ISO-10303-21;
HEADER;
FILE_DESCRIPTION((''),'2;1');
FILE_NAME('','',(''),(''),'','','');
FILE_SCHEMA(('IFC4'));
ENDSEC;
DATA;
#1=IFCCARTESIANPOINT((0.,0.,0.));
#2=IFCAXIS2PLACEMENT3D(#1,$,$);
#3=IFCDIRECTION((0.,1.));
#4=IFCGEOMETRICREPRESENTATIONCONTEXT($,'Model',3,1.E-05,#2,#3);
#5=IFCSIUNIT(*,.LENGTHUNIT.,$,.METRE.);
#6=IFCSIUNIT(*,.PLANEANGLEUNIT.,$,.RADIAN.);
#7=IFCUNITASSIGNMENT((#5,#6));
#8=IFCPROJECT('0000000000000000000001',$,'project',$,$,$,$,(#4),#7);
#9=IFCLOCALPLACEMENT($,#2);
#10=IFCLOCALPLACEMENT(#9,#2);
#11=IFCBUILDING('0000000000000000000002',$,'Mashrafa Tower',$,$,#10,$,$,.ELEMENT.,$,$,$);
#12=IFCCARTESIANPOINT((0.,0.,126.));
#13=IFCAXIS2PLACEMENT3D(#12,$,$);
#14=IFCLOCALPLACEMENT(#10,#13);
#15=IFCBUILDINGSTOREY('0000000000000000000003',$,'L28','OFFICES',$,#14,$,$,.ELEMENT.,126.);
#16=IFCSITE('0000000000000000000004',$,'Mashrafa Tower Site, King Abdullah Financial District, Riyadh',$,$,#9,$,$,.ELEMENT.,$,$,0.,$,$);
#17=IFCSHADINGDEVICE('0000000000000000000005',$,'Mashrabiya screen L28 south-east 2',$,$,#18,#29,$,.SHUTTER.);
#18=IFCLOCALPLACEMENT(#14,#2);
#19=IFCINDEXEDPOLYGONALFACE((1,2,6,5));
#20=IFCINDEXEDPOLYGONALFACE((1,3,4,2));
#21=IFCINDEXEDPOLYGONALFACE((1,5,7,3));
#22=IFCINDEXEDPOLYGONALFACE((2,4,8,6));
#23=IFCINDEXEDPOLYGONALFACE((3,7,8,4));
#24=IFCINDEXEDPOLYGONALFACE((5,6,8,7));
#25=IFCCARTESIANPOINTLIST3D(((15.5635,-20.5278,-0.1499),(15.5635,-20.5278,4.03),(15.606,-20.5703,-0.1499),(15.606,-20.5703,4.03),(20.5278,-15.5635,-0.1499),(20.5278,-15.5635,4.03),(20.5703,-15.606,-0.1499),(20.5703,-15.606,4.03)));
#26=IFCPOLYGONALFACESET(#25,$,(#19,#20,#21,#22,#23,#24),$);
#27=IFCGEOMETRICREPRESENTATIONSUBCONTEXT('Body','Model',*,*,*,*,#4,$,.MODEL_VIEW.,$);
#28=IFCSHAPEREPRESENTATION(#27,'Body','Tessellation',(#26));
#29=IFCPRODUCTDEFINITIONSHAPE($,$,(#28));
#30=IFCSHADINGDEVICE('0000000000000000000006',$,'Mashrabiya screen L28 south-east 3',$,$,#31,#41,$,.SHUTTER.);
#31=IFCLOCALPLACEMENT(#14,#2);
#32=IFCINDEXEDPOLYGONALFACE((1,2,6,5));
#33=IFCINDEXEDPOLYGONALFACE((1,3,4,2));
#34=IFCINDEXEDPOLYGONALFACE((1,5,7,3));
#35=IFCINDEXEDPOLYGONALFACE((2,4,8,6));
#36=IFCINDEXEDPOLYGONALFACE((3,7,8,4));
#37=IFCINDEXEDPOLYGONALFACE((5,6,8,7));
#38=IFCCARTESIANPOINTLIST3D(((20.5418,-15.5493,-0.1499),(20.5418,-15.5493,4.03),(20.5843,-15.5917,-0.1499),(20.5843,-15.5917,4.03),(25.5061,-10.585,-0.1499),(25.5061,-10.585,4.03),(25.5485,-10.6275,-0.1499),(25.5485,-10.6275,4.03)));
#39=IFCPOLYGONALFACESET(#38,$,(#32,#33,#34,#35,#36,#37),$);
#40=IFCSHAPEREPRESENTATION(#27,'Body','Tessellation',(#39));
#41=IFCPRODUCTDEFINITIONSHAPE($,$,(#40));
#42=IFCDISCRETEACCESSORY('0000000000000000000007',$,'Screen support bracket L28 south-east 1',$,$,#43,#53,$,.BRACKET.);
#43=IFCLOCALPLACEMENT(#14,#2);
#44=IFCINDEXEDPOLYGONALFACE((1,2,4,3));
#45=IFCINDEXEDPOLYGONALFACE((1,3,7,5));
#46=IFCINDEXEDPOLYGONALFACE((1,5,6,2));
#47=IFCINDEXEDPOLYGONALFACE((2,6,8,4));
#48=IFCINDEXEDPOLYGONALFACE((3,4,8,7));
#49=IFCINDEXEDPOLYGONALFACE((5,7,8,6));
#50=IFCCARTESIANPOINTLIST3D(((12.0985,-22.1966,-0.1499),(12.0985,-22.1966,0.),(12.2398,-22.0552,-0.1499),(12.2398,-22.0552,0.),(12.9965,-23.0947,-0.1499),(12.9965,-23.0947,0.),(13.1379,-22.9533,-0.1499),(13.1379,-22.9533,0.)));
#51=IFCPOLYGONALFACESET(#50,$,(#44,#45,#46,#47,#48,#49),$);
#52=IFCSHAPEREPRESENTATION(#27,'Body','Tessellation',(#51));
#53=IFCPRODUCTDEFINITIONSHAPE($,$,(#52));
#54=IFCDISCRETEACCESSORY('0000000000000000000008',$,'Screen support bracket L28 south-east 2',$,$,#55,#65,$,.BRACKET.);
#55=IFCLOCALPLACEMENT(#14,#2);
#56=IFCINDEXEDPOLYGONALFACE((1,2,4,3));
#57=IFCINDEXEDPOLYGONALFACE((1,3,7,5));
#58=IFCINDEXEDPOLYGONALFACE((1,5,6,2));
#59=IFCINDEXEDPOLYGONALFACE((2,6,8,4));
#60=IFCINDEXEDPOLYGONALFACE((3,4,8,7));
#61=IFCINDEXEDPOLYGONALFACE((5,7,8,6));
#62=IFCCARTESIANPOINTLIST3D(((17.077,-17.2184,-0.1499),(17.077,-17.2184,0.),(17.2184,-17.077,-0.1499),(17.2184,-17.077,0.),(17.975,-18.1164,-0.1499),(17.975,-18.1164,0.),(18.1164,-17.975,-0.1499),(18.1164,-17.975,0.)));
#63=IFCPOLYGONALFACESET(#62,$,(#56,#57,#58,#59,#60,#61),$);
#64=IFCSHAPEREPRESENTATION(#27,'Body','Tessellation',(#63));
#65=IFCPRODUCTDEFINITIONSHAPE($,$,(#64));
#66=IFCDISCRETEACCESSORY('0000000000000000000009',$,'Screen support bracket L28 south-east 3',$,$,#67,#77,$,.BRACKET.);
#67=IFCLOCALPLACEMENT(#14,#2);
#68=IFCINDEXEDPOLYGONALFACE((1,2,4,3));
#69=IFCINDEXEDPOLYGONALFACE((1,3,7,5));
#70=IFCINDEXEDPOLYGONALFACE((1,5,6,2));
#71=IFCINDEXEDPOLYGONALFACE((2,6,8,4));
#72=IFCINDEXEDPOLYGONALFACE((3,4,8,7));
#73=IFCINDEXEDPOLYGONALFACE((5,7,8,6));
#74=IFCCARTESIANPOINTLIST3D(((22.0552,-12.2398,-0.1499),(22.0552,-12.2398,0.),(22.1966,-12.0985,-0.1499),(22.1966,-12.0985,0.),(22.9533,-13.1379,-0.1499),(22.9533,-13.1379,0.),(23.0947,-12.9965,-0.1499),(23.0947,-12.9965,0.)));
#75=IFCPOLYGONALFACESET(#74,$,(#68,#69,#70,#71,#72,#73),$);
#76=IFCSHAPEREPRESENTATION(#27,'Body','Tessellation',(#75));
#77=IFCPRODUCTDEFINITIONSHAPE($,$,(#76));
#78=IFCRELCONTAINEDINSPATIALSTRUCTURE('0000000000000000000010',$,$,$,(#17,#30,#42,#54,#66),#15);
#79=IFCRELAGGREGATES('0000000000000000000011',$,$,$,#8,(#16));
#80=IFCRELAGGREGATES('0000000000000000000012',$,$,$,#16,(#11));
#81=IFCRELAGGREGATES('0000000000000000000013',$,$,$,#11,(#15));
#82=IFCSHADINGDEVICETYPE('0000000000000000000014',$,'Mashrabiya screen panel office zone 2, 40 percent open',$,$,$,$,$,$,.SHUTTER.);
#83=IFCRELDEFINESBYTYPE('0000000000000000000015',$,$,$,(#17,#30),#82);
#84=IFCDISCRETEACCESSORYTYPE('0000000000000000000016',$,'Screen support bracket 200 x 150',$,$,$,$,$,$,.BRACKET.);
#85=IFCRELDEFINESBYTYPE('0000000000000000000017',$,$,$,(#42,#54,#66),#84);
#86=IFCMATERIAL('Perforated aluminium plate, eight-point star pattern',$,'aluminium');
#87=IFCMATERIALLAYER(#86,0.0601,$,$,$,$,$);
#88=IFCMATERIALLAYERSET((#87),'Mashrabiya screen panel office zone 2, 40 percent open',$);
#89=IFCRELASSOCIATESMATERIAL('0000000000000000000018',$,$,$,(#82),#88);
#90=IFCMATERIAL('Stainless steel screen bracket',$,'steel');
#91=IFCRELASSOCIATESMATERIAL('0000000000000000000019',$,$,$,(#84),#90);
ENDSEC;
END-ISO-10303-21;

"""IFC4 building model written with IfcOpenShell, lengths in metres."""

from ifc_helpers import new_model, si_unit, direction, frame, origin, origin_2d, place, context, subcontext, project, spatial, rectangle, extrude, source, transform, mapped, material, layer, layer_set, type_object, type_shapes, element, save


model = new_model("IFC4")

# Units and contexts
model_context = context("Model", 3, precision=1e-05, world=origin(), true_north=direction((0.0, 1.0)))
body_context = subcontext(model_context, "Body", "Model", "MODEL_VIEW")
ifc_project = project(units=[si_unit("LENGTHUNIT", "METRE"), si_unit("PLANEANGLEUNIT", "RADIAN")], contexts=[model_context])

# Site, building, storey
site_placement = place(None, origin())
site = spatial("IfcSite", under=ifc_project, at=site_placement, Name="Mashrafa Tower Site, King Abdullah Financial District, Riyadh", CompositionType="ELEMENT", RefElevation=0.0)
building_placement = place(site_placement, origin())
building = spatial("IfcBuilding", under=site, at=building_placement, Name="Mashrafa Tower", CompositionType="ELEMENT")
storey_placement = place(building_placement, frame((0.0, 0.0, 126.0)))
storey = spatial("IfcBuildingStorey", under=building, at=storey_placement, Name="L28", Description="OFFICES", CompositionType="ELEMENT", Elevation=126.0)

# Shading devices
ifc_material_1 = material(Name="Perforated aluminium plate, eight-point star pattern", Category="aluminium")
ifc_layer_1 = layer(ifc_material_1, 0.0601)
ifc_layer_set_1 = layer_set([ifc_layer_1], Name="Mashrabiya screen panel office zone 2, 40 percent open")
shading_device_type = type_object("IfcShadingDeviceType", Name="Mashrabiya screen panel office zone 2, 40 percent open", PredefinedType="SHUTTER", material=ifc_layer_set_1)
shared_shape_1 = source(origin(), body_context, "Body", "SweptSolid", [
    extrude(rectangle(XDim=7.0205, YDim=0.0601, at=origin_2d()), origin(), (0.0, 0.0, 1.0), 4.1799),
])
type_shapes(shading_device_type, [shared_shape_1])
for number, where, z_axis, x_axis, name in (
    (1, (18.0669, -18.0669, -0.1499), (0.0, 0.0, 1.0), (0.707107, 0.707107, 0.0), "Mashrabiya screen L28 south-east 2"),
    (2, (23.0452, -13.0884, -0.1499), (0.0, 0.0, 1.0), (0.707107, 0.707107, 0.0), "Mashrabiya screen L28 south-east 3"),
):
    element("IfcShadingDevice", number, at=place(storey_placement, frame(where, z_axis=z_axis, x_axis=x_axis)), inside=storey, type_object=shading_device_type, Name=name, PredefinedType="SHUTTER", context=body_context, shape_type="MappedRepresentation", body=[
        mapped(shared_shape_1, transform((0.0, 0.0, 0.0))),
    ])

# Discrete accessories
ifc_material_2 = material(Name="Stainless steel screen bracket", Category="steel")
discrete_accessory_type = type_object("IfcDiscreteAccessoryType", Name="Screen support bracket 200 x 150", PredefinedType="BRACKET", material=ifc_material_2)
shared_shape_2 = source(origin(), body_context, "Body", "SweptSolid", [
    extrude(rectangle(XDim=0.2, YDim=1.27, at=origin_2d()), origin(), (0.0, 0.0, 1.0), 0.1499),
])
type_shapes(discrete_accessory_type, [shared_shape_2])
for number, where, z_axis, x_axis, name in (
    (3, (12.6182, -22.575, -0.1499), (0.0, 0.0, 1.0), (0.707107, 0.707107, 0.0), "Screen support bracket L28 south-east 1"),
    (4, (17.5967, -17.5967, -0.1499), (0.0, 0.0, 1.0), (0.707107, 0.707107, 0.0), "Screen support bracket L28 south-east 2"),
    (5, (22.575, -12.6182, -0.1499), (0.0, 0.0, 1.0), (0.707107, 0.707107, 0.0), "Screen support bracket L28 south-east 3"),
):
    element("IfcDiscreteAccessory", number, at=place(storey_placement, frame(where, z_axis=z_axis, x_axis=x_axis)), inside=storey, type_object=discrete_accessory_type, Name=name, PredefinedType="BRACKET", context=body_context, shape_type="MappedRepresentation", body=[
        mapped(shared_shape_2, transform((0.0, 0.0, 0.0))),
    ])

save(model, "model.ifc")
